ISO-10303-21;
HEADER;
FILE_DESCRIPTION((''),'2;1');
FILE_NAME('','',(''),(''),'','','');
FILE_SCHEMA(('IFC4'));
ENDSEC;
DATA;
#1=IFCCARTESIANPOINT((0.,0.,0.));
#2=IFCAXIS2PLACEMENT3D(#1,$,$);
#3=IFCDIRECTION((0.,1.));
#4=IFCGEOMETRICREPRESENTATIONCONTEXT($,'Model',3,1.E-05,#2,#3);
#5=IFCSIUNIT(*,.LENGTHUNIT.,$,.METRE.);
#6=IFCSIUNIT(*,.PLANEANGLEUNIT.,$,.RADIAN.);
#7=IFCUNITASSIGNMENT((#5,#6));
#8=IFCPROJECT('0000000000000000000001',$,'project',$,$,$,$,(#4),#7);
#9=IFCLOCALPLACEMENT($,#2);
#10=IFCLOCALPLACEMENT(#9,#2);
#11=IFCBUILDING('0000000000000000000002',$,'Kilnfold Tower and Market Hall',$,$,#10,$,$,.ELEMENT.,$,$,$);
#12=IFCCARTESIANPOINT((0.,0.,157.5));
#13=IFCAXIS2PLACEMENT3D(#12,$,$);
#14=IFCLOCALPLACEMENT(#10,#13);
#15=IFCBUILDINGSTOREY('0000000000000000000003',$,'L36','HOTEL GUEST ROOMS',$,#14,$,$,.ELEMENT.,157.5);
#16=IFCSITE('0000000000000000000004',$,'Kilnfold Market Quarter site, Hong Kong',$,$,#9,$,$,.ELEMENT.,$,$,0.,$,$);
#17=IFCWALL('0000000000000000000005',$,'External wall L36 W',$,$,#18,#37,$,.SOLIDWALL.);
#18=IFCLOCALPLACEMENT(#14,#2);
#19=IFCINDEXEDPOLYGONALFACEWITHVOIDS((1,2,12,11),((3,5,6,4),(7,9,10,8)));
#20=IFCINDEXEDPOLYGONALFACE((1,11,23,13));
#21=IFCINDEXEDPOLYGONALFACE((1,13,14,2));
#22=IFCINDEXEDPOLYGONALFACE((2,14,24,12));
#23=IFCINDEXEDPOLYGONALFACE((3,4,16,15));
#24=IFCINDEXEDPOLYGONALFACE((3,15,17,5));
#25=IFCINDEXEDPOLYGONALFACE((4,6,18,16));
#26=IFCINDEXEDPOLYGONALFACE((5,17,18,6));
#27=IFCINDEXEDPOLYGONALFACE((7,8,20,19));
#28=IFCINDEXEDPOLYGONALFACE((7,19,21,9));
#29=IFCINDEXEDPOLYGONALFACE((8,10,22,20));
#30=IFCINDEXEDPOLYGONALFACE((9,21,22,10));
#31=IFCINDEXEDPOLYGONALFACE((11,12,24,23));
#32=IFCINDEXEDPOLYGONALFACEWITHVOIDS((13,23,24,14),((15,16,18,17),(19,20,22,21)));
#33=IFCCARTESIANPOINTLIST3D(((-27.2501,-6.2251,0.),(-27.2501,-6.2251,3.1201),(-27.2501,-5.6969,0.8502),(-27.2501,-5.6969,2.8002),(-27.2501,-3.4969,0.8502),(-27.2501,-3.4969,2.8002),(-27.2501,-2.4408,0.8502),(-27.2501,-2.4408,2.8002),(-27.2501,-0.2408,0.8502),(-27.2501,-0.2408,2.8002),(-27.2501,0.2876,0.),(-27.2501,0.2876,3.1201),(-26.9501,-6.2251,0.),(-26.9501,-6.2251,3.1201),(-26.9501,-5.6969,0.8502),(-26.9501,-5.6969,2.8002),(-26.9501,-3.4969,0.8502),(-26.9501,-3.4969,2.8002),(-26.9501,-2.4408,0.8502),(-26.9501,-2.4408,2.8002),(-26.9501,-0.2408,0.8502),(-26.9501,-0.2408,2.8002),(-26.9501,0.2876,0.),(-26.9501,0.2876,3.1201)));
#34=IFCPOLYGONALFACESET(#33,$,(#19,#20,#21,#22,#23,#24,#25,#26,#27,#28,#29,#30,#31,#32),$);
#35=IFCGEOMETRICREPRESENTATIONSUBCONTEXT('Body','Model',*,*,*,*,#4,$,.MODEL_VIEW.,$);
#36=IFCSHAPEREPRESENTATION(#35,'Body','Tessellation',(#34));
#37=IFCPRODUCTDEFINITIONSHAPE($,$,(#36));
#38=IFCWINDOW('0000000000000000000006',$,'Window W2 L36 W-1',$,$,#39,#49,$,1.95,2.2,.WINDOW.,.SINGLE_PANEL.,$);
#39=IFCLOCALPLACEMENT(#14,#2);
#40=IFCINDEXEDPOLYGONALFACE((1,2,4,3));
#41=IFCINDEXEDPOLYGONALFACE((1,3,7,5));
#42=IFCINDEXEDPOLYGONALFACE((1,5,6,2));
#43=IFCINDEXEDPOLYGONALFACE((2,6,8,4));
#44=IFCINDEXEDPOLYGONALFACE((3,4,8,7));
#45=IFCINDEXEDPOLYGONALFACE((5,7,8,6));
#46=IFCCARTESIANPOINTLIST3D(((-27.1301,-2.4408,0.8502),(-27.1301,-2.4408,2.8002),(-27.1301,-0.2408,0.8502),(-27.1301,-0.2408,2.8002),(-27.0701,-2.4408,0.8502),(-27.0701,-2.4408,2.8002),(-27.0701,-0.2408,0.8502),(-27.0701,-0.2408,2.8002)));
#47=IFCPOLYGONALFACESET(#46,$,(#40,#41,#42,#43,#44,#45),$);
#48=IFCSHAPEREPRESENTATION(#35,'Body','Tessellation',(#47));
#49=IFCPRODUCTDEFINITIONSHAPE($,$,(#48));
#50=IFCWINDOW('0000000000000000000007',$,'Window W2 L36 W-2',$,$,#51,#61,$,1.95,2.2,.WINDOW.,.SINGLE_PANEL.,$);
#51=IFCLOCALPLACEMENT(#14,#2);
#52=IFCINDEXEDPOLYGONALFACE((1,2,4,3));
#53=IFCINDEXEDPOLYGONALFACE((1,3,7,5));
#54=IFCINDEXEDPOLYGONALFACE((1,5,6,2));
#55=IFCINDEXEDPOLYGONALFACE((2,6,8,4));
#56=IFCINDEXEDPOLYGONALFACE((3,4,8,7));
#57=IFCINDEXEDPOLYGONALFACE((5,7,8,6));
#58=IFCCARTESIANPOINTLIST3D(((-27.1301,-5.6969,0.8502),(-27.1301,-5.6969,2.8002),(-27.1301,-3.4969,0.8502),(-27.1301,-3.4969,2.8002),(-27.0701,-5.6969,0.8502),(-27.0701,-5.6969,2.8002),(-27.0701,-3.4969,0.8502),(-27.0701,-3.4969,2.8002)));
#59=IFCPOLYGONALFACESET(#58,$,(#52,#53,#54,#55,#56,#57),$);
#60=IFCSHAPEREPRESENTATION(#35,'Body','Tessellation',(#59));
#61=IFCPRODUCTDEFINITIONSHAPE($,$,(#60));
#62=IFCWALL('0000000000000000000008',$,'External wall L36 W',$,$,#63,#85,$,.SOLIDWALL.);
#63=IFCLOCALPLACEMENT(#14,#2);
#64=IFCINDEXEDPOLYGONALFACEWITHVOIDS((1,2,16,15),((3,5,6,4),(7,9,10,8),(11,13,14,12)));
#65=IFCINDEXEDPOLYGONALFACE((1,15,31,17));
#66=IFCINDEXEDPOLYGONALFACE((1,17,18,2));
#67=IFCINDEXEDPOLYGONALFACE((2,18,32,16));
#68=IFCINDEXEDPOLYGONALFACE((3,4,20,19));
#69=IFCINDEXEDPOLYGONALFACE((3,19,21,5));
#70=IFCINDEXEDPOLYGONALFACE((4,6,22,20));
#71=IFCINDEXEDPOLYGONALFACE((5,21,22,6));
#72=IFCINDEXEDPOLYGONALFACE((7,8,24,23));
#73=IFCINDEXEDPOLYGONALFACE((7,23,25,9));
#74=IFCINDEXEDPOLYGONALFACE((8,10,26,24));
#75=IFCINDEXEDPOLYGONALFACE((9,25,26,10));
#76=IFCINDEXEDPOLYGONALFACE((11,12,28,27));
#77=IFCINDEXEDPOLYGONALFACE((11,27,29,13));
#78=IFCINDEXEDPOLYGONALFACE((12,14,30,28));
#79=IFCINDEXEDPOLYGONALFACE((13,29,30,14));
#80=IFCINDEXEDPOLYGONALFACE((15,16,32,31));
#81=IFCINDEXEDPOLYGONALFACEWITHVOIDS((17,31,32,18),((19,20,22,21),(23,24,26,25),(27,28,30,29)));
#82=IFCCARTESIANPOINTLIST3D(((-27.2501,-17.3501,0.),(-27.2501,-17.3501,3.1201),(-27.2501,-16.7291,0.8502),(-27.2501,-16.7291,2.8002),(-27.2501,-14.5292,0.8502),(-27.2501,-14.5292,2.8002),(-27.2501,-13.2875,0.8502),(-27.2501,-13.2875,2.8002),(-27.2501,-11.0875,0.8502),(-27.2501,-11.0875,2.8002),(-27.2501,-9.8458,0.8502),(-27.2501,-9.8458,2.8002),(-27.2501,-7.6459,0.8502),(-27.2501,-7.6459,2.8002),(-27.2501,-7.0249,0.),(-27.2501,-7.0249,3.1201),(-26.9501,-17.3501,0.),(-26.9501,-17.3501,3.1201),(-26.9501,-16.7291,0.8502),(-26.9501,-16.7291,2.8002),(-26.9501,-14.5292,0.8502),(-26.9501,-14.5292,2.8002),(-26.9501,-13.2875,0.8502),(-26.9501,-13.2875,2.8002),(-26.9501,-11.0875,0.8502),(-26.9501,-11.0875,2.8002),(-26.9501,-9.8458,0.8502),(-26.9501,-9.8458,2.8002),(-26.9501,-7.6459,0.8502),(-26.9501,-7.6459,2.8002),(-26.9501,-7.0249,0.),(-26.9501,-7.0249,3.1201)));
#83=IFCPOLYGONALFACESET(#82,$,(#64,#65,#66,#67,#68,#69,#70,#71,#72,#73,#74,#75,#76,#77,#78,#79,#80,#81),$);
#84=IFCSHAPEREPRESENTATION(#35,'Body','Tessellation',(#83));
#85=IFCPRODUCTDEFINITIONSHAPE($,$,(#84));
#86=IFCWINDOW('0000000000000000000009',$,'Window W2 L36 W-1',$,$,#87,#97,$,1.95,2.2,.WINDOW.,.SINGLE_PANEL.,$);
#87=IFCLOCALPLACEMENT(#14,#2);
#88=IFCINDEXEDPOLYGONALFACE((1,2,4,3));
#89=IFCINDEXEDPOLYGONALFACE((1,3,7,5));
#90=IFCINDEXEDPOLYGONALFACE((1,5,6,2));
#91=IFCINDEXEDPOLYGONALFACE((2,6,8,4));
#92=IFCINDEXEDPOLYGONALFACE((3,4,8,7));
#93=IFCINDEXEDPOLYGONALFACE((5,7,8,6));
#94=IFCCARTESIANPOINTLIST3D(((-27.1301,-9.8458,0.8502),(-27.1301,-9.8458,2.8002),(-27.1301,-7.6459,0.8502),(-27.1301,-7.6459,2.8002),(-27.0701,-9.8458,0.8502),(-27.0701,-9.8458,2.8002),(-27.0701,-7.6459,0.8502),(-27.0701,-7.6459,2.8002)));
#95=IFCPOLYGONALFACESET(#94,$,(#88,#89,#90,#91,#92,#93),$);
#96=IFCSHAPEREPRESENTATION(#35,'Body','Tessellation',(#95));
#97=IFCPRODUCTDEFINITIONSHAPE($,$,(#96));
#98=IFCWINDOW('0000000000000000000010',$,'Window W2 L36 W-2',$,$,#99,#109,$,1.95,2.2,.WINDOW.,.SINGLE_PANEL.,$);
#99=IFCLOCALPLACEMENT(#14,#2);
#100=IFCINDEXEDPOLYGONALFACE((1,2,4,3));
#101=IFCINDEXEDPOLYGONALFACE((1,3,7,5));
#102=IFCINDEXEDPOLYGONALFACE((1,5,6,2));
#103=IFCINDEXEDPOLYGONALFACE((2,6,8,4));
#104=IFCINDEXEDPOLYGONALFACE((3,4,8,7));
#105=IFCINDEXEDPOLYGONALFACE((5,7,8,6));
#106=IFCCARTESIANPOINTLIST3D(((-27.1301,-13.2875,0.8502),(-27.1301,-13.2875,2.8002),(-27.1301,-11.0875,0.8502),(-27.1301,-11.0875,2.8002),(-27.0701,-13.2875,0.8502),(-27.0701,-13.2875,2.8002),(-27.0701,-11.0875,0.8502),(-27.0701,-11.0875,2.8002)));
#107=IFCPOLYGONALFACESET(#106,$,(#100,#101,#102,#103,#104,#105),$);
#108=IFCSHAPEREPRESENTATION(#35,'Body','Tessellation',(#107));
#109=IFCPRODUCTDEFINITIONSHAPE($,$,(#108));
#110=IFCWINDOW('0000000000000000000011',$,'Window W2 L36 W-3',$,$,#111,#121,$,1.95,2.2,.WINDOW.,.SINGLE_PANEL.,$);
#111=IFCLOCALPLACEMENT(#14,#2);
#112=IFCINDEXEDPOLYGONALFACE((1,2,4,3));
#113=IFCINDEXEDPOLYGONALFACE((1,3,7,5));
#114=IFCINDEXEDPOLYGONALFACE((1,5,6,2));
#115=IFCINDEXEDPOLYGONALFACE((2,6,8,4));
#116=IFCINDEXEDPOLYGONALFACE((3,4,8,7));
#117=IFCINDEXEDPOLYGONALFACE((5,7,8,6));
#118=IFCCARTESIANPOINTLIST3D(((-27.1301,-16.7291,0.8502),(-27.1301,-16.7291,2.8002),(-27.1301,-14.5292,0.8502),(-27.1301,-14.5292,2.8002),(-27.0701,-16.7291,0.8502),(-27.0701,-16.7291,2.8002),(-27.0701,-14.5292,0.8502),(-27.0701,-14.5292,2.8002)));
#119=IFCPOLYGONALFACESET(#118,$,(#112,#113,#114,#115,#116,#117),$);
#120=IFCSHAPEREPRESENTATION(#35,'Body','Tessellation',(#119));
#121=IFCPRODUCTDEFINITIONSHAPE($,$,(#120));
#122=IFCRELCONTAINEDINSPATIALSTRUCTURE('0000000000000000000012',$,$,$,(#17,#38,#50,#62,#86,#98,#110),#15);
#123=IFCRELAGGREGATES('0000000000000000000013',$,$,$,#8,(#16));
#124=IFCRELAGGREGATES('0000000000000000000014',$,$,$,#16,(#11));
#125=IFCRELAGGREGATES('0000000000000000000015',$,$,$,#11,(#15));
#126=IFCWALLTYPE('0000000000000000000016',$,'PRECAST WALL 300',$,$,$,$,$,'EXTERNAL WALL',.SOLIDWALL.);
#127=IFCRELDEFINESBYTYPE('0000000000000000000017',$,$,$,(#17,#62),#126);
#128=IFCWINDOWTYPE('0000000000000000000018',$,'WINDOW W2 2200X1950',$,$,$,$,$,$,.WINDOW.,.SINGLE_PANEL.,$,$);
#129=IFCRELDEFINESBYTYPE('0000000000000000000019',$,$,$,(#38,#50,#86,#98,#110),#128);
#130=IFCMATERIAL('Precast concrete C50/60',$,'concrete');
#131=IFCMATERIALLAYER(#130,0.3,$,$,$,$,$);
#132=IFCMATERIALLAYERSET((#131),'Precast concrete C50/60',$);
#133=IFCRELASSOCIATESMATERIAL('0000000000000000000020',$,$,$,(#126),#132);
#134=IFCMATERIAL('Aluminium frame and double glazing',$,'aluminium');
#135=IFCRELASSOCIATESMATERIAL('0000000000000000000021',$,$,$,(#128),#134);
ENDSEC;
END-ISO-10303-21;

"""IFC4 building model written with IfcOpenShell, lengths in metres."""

from ifc_helpers import new_model, si_unit, direction, frame, frame_2d, origin, place, context, subcontext, project, spatial, rectangle, extrude, source, transform, mapped, material, layer, layer_set, type_object, element, fill, save


model = new_model("IFC4")

# Units and contexts
model_context = context("Model", 3, precision=1e-05, world=origin(), true_north=direction((0.0, 1.0)))
body_context = subcontext(model_context, "Body", "Model", "MODEL_VIEW")
ifc_project = project(units=[si_unit("LENGTHUNIT", "METRE"), si_unit("PLANEANGLEUNIT", "RADIAN")], contexts=[model_context])

# Site, building, storey
site_placement = place(None, origin())
site = spatial("IfcSite", under=ifc_project, at=site_placement, Name="Kilnfold Market Quarter site, Hong Kong", CompositionType="ELEMENT", RefElevation=0.0)
building_placement = place(site_placement, origin())
building = spatial("IfcBuilding", under=site, at=building_placement, Name="Kilnfold Tower and Market Hall", CompositionType="ELEMENT")
storey_placement = place(building_placement, frame((0.0, 0.0, 157.5)))
storey = spatial("IfcBuildingStorey", under=building, at=storey_placement, Name="L36", Description="HOTEL GUEST ROOMS", CompositionType="ELEMENT", Elevation=157.5)

# Walls, openings, windows
ifc_material_1 = material(Name="Precast concrete C50/60", Category="concrete")
ifc_layer_1 = layer(ifc_material_1, 0.3)
ifc_layer_set_1 = layer_set([ifc_layer_1], Name="Precast concrete C50/60")
wall_type_1 = type_object("IfcWallType", Name="PRECAST WALL 300", ElementType="EXTERNAL WALL", PredefinedType="SOLIDWALL", material=ifc_layer_set_1)
shared_shape_1 = source(origin(), body_context, "Body", "SweptSolid", [
    extrude(rectangle(XDim=6.5127, YDim=0.3, at=frame_2d((3.2563, 0.0))), origin(), (0.0, 0.0, 1.0), 3.1201),
])
wall_1_placement = place(storey_placement, frame((-27.1001, 0.2876, 0.0), z_axis=(0.0, 0.0, 1.0), x_axis=(0.0, -1.0, 0.0)))
wall_1 = element("IfcWall", 1, at=wall_1_placement, inside=storey, type_object=wall_type_1, Name="External wall L36 W", PredefinedType="SOLIDWALL", context=body_context, shape_type="MappedRepresentation", body=[
    mapped(shared_shape_1, transform((0.0, 0.0, 0.0))),
])
opening_1_placement = place(wall_1_placement, frame((0.5283, 0.0, 0.8501)))
opening_1 = element("IfcOpeningElement", 2, at=opening_1_placement, cuts=wall_1, PredefinedType="OPENING", context=body_context, shape_type="SweptSolid", body=[
    extrude(rectangle(XDim=2.2, YDim=1.95, at=frame_2d((1.1001, 0.9751))), frame((0.0, 0.1602, 0.0), z_axis=(0.0, -1.0, 0.0), x_axis=(1.0, 0.0, 0.0)), (0.0, 0.0, 1.0), 0.3201),
])
opening_2_placement = place(wall_1_placement, frame((3.7844, 0.0, 0.8501)))
opening_2 = element("IfcOpeningElement", 3, at=opening_2_placement, cuts=wall_1, PredefinedType="OPENING", context=body_context, shape_type="SweptSolid", body=[
    extrude(rectangle(XDim=2.2, YDim=1.95, at=frame_2d((1.1001, 0.9751))), frame((0.0, 0.1602, 0.0), z_axis=(0.0, -1.0, 0.0), x_axis=(1.0, 0.0, 0.0)), (0.0, 0.0, 1.0), 0.3201),
])
ifc_material_2 = material(Name="Aluminium frame and double glazing", Category="aluminium")
window_type = type_object("IfcWindowType", Name="WINDOW W2 2200X1950", PartitioningType="SINGLE_PANEL", PredefinedType="WINDOW", material=ifc_material_2)
window_1_placement = place(opening_1_placement, origin())
window_1 = element("IfcWindow", 4, at=window_1_placement, inside=storey, type_object=window_type, Name="Window W2 L36 W-1", OverallHeight=1.95, OverallWidth=2.2, PartitioningType="SINGLE_PANEL", PredefinedType="WINDOW", context=body_context, shape_type="SweptSolid", body=[
    extrude(rectangle(XDim=2.2, YDim=1.95, at=frame_2d((1.1001, 0.9751))), frame((0.0, 0.03, 0.0), z_axis=(0.0, -1.0, 0.0), x_axis=(1.0, 0.0, 0.0)), (0.0, 0.0, 1.0), 0.0601),
])
fill(opening_1, window_1)
window_2_placement = place(opening_2_placement, origin())
window_2 = element("IfcWindow", 5, at=window_2_placement, inside=storey, type_object=window_type, Name="Window W2 L36 W-2", OverallHeight=1.95, OverallWidth=2.2, PartitioningType="SINGLE_PANEL", PredefinedType="WINDOW", context=body_context, shape_type="SweptSolid", body=[
    extrude(rectangle(XDim=2.2, YDim=1.95, at=frame_2d((1.1001, 0.9751))), frame((0.0, 0.03, 0.0), z_axis=(0.0, -1.0, 0.0), x_axis=(1.0, 0.0, 0.0)), (0.0, 0.0, 1.0), 0.0601),
])
fill(opening_2, window_2)
shared_shape_2 = source(origin(), body_context, "Body", "SweptSolid", [
    extrude(rectangle(XDim=10.3252, YDim=0.3, at=frame_2d((5.1626, 0.0))), origin(), (0.0, 0.0, 1.0), 3.1201),
])
wall_2_placement = place(storey_placement, frame((-27.1001, -7.0249, 0.0), z_axis=(0.0, 0.0, 1.0), x_axis=(0.0, -1.0, 0.0)))
wall_2 = element("IfcWall", 6, at=wall_2_placement, inside=storey, type_object=wall_type_1, Name="External wall L36 W", PredefinedType="SOLIDWALL", context=body_context, shape_type="MappedRepresentation", body=[
    mapped(shared_shape_2, transform((0.0, 0.0, 0.0))),
])
opening_3_placement = place(wall_2_placement, frame((0.6208, 0.0, 0.8501)))
opening_3 = element("IfcOpeningElement", 7, at=opening_3_placement, cuts=wall_2, PredefinedType="OPENING", context=body_context, shape_type="SweptSolid", body=[
    extrude(rectangle(XDim=2.2, YDim=1.95, at=frame_2d((1.1001, 0.9751))), frame((0.0, 0.1602, 0.0), z_axis=(0.0, -1.0, 0.0), x_axis=(1.0, 0.0, 0.0)), (0.0, 0.0, 1.0), 0.3201),
])
opening_4_placement = place(wall_2_placement, frame((4.0625, 0.0, 0.8501)))
opening_4 = element("IfcOpeningElement", 8, at=opening_4_placement, cuts=wall_2, PredefinedType="OPENING", context=body_context, shape_type="SweptSolid", body=[
    extrude(rectangle(XDim=2.2, YDim=1.95, at=frame_2d((1.1001, 0.9751))), frame((0.0, 0.1602, 0.0), z_axis=(0.0, -1.0, 0.0), x_axis=(1.0, 0.0, 0.0)), (0.0, 0.0, 1.0), 0.3201),
])
opening_5_placement = place(wall_2_placement, frame((7.5042, 0.0, 0.8501)))
opening_5 = element("IfcOpeningElement", 9, at=opening_5_placement, cuts=wall_2, PredefinedType="OPENING", context=body_context, shape_type="SweptSolid", body=[
    extrude(rectangle(XDim=2.2, YDim=1.95, at=frame_2d((1.1001, 0.9751))), frame((0.0, 0.1602, 0.0), z_axis=(0.0, -1.0, 0.0), x_axis=(1.0, 0.0, 0.0)), (0.0, 0.0, 1.0), 0.3201),
])
window_3_placement = place(opening_3_placement, origin())
window_3 = element("IfcWindow", 10, at=window_3_placement, inside=storey, type_object=window_type, Name="Window W2 L36 W-1", OverallHeight=1.95, OverallWidth=2.2, PartitioningType="SINGLE_PANEL", PredefinedType="WINDOW", context=body_context, shape_type="SweptSolid", body=[
    extrude(rectangle(XDim=2.2, YDim=1.95, at=frame_2d((1.1001, 0.9751))), frame((0.0, 0.03, 0.0), z_axis=(0.0, -1.0, 0.0), x_axis=(1.0, 0.0, 0.0)), (0.0, 0.0, 1.0), 0.0601),
])
fill(opening_3, window_3)
window_4_placement = place(opening_4_placement, origin())
window_4 = element("IfcWindow", 11, at=window_4_placement, inside=storey, type_object=window_type, Name="Window W2 L36 W-2", OverallHeight=1.95, OverallWidth=2.2, PartitioningType="SINGLE_PANEL", PredefinedType="WINDOW", context=body_context, shape_type="SweptSolid", body=[
    extrude(rectangle(XDim=2.2, YDim=1.95, at=frame_2d((1.1001, 0.9751))), frame((0.0, 0.03, 0.0), z_axis=(0.0, -1.0, 0.0), x_axis=(1.0, 0.0, 0.0)), (0.0, 0.0, 1.0), 0.0601),
])
fill(opening_4, window_4)
window_5_placement = place(opening_5_placement, origin())
window_5 = element("IfcWindow", 12, at=window_5_placement, inside=storey, type_object=window_type, Name="Window W2 L36 W-3", OverallHeight=1.95, OverallWidth=2.2, PartitioningType="SINGLE_PANEL", PredefinedType="WINDOW", context=body_context, shape_type="SweptSolid", body=[
    extrude(rectangle(XDim=2.2, YDim=1.95, at=frame_2d((1.1001, 0.9751))), frame((0.0, 0.03, 0.0), z_axis=(0.0, -1.0, 0.0), x_axis=(1.0, 0.0, 0.0)), (0.0, 0.0, 1.0), 0.0601),
])
fill(opening_5, window_5)

save(model, "model.ifc")
